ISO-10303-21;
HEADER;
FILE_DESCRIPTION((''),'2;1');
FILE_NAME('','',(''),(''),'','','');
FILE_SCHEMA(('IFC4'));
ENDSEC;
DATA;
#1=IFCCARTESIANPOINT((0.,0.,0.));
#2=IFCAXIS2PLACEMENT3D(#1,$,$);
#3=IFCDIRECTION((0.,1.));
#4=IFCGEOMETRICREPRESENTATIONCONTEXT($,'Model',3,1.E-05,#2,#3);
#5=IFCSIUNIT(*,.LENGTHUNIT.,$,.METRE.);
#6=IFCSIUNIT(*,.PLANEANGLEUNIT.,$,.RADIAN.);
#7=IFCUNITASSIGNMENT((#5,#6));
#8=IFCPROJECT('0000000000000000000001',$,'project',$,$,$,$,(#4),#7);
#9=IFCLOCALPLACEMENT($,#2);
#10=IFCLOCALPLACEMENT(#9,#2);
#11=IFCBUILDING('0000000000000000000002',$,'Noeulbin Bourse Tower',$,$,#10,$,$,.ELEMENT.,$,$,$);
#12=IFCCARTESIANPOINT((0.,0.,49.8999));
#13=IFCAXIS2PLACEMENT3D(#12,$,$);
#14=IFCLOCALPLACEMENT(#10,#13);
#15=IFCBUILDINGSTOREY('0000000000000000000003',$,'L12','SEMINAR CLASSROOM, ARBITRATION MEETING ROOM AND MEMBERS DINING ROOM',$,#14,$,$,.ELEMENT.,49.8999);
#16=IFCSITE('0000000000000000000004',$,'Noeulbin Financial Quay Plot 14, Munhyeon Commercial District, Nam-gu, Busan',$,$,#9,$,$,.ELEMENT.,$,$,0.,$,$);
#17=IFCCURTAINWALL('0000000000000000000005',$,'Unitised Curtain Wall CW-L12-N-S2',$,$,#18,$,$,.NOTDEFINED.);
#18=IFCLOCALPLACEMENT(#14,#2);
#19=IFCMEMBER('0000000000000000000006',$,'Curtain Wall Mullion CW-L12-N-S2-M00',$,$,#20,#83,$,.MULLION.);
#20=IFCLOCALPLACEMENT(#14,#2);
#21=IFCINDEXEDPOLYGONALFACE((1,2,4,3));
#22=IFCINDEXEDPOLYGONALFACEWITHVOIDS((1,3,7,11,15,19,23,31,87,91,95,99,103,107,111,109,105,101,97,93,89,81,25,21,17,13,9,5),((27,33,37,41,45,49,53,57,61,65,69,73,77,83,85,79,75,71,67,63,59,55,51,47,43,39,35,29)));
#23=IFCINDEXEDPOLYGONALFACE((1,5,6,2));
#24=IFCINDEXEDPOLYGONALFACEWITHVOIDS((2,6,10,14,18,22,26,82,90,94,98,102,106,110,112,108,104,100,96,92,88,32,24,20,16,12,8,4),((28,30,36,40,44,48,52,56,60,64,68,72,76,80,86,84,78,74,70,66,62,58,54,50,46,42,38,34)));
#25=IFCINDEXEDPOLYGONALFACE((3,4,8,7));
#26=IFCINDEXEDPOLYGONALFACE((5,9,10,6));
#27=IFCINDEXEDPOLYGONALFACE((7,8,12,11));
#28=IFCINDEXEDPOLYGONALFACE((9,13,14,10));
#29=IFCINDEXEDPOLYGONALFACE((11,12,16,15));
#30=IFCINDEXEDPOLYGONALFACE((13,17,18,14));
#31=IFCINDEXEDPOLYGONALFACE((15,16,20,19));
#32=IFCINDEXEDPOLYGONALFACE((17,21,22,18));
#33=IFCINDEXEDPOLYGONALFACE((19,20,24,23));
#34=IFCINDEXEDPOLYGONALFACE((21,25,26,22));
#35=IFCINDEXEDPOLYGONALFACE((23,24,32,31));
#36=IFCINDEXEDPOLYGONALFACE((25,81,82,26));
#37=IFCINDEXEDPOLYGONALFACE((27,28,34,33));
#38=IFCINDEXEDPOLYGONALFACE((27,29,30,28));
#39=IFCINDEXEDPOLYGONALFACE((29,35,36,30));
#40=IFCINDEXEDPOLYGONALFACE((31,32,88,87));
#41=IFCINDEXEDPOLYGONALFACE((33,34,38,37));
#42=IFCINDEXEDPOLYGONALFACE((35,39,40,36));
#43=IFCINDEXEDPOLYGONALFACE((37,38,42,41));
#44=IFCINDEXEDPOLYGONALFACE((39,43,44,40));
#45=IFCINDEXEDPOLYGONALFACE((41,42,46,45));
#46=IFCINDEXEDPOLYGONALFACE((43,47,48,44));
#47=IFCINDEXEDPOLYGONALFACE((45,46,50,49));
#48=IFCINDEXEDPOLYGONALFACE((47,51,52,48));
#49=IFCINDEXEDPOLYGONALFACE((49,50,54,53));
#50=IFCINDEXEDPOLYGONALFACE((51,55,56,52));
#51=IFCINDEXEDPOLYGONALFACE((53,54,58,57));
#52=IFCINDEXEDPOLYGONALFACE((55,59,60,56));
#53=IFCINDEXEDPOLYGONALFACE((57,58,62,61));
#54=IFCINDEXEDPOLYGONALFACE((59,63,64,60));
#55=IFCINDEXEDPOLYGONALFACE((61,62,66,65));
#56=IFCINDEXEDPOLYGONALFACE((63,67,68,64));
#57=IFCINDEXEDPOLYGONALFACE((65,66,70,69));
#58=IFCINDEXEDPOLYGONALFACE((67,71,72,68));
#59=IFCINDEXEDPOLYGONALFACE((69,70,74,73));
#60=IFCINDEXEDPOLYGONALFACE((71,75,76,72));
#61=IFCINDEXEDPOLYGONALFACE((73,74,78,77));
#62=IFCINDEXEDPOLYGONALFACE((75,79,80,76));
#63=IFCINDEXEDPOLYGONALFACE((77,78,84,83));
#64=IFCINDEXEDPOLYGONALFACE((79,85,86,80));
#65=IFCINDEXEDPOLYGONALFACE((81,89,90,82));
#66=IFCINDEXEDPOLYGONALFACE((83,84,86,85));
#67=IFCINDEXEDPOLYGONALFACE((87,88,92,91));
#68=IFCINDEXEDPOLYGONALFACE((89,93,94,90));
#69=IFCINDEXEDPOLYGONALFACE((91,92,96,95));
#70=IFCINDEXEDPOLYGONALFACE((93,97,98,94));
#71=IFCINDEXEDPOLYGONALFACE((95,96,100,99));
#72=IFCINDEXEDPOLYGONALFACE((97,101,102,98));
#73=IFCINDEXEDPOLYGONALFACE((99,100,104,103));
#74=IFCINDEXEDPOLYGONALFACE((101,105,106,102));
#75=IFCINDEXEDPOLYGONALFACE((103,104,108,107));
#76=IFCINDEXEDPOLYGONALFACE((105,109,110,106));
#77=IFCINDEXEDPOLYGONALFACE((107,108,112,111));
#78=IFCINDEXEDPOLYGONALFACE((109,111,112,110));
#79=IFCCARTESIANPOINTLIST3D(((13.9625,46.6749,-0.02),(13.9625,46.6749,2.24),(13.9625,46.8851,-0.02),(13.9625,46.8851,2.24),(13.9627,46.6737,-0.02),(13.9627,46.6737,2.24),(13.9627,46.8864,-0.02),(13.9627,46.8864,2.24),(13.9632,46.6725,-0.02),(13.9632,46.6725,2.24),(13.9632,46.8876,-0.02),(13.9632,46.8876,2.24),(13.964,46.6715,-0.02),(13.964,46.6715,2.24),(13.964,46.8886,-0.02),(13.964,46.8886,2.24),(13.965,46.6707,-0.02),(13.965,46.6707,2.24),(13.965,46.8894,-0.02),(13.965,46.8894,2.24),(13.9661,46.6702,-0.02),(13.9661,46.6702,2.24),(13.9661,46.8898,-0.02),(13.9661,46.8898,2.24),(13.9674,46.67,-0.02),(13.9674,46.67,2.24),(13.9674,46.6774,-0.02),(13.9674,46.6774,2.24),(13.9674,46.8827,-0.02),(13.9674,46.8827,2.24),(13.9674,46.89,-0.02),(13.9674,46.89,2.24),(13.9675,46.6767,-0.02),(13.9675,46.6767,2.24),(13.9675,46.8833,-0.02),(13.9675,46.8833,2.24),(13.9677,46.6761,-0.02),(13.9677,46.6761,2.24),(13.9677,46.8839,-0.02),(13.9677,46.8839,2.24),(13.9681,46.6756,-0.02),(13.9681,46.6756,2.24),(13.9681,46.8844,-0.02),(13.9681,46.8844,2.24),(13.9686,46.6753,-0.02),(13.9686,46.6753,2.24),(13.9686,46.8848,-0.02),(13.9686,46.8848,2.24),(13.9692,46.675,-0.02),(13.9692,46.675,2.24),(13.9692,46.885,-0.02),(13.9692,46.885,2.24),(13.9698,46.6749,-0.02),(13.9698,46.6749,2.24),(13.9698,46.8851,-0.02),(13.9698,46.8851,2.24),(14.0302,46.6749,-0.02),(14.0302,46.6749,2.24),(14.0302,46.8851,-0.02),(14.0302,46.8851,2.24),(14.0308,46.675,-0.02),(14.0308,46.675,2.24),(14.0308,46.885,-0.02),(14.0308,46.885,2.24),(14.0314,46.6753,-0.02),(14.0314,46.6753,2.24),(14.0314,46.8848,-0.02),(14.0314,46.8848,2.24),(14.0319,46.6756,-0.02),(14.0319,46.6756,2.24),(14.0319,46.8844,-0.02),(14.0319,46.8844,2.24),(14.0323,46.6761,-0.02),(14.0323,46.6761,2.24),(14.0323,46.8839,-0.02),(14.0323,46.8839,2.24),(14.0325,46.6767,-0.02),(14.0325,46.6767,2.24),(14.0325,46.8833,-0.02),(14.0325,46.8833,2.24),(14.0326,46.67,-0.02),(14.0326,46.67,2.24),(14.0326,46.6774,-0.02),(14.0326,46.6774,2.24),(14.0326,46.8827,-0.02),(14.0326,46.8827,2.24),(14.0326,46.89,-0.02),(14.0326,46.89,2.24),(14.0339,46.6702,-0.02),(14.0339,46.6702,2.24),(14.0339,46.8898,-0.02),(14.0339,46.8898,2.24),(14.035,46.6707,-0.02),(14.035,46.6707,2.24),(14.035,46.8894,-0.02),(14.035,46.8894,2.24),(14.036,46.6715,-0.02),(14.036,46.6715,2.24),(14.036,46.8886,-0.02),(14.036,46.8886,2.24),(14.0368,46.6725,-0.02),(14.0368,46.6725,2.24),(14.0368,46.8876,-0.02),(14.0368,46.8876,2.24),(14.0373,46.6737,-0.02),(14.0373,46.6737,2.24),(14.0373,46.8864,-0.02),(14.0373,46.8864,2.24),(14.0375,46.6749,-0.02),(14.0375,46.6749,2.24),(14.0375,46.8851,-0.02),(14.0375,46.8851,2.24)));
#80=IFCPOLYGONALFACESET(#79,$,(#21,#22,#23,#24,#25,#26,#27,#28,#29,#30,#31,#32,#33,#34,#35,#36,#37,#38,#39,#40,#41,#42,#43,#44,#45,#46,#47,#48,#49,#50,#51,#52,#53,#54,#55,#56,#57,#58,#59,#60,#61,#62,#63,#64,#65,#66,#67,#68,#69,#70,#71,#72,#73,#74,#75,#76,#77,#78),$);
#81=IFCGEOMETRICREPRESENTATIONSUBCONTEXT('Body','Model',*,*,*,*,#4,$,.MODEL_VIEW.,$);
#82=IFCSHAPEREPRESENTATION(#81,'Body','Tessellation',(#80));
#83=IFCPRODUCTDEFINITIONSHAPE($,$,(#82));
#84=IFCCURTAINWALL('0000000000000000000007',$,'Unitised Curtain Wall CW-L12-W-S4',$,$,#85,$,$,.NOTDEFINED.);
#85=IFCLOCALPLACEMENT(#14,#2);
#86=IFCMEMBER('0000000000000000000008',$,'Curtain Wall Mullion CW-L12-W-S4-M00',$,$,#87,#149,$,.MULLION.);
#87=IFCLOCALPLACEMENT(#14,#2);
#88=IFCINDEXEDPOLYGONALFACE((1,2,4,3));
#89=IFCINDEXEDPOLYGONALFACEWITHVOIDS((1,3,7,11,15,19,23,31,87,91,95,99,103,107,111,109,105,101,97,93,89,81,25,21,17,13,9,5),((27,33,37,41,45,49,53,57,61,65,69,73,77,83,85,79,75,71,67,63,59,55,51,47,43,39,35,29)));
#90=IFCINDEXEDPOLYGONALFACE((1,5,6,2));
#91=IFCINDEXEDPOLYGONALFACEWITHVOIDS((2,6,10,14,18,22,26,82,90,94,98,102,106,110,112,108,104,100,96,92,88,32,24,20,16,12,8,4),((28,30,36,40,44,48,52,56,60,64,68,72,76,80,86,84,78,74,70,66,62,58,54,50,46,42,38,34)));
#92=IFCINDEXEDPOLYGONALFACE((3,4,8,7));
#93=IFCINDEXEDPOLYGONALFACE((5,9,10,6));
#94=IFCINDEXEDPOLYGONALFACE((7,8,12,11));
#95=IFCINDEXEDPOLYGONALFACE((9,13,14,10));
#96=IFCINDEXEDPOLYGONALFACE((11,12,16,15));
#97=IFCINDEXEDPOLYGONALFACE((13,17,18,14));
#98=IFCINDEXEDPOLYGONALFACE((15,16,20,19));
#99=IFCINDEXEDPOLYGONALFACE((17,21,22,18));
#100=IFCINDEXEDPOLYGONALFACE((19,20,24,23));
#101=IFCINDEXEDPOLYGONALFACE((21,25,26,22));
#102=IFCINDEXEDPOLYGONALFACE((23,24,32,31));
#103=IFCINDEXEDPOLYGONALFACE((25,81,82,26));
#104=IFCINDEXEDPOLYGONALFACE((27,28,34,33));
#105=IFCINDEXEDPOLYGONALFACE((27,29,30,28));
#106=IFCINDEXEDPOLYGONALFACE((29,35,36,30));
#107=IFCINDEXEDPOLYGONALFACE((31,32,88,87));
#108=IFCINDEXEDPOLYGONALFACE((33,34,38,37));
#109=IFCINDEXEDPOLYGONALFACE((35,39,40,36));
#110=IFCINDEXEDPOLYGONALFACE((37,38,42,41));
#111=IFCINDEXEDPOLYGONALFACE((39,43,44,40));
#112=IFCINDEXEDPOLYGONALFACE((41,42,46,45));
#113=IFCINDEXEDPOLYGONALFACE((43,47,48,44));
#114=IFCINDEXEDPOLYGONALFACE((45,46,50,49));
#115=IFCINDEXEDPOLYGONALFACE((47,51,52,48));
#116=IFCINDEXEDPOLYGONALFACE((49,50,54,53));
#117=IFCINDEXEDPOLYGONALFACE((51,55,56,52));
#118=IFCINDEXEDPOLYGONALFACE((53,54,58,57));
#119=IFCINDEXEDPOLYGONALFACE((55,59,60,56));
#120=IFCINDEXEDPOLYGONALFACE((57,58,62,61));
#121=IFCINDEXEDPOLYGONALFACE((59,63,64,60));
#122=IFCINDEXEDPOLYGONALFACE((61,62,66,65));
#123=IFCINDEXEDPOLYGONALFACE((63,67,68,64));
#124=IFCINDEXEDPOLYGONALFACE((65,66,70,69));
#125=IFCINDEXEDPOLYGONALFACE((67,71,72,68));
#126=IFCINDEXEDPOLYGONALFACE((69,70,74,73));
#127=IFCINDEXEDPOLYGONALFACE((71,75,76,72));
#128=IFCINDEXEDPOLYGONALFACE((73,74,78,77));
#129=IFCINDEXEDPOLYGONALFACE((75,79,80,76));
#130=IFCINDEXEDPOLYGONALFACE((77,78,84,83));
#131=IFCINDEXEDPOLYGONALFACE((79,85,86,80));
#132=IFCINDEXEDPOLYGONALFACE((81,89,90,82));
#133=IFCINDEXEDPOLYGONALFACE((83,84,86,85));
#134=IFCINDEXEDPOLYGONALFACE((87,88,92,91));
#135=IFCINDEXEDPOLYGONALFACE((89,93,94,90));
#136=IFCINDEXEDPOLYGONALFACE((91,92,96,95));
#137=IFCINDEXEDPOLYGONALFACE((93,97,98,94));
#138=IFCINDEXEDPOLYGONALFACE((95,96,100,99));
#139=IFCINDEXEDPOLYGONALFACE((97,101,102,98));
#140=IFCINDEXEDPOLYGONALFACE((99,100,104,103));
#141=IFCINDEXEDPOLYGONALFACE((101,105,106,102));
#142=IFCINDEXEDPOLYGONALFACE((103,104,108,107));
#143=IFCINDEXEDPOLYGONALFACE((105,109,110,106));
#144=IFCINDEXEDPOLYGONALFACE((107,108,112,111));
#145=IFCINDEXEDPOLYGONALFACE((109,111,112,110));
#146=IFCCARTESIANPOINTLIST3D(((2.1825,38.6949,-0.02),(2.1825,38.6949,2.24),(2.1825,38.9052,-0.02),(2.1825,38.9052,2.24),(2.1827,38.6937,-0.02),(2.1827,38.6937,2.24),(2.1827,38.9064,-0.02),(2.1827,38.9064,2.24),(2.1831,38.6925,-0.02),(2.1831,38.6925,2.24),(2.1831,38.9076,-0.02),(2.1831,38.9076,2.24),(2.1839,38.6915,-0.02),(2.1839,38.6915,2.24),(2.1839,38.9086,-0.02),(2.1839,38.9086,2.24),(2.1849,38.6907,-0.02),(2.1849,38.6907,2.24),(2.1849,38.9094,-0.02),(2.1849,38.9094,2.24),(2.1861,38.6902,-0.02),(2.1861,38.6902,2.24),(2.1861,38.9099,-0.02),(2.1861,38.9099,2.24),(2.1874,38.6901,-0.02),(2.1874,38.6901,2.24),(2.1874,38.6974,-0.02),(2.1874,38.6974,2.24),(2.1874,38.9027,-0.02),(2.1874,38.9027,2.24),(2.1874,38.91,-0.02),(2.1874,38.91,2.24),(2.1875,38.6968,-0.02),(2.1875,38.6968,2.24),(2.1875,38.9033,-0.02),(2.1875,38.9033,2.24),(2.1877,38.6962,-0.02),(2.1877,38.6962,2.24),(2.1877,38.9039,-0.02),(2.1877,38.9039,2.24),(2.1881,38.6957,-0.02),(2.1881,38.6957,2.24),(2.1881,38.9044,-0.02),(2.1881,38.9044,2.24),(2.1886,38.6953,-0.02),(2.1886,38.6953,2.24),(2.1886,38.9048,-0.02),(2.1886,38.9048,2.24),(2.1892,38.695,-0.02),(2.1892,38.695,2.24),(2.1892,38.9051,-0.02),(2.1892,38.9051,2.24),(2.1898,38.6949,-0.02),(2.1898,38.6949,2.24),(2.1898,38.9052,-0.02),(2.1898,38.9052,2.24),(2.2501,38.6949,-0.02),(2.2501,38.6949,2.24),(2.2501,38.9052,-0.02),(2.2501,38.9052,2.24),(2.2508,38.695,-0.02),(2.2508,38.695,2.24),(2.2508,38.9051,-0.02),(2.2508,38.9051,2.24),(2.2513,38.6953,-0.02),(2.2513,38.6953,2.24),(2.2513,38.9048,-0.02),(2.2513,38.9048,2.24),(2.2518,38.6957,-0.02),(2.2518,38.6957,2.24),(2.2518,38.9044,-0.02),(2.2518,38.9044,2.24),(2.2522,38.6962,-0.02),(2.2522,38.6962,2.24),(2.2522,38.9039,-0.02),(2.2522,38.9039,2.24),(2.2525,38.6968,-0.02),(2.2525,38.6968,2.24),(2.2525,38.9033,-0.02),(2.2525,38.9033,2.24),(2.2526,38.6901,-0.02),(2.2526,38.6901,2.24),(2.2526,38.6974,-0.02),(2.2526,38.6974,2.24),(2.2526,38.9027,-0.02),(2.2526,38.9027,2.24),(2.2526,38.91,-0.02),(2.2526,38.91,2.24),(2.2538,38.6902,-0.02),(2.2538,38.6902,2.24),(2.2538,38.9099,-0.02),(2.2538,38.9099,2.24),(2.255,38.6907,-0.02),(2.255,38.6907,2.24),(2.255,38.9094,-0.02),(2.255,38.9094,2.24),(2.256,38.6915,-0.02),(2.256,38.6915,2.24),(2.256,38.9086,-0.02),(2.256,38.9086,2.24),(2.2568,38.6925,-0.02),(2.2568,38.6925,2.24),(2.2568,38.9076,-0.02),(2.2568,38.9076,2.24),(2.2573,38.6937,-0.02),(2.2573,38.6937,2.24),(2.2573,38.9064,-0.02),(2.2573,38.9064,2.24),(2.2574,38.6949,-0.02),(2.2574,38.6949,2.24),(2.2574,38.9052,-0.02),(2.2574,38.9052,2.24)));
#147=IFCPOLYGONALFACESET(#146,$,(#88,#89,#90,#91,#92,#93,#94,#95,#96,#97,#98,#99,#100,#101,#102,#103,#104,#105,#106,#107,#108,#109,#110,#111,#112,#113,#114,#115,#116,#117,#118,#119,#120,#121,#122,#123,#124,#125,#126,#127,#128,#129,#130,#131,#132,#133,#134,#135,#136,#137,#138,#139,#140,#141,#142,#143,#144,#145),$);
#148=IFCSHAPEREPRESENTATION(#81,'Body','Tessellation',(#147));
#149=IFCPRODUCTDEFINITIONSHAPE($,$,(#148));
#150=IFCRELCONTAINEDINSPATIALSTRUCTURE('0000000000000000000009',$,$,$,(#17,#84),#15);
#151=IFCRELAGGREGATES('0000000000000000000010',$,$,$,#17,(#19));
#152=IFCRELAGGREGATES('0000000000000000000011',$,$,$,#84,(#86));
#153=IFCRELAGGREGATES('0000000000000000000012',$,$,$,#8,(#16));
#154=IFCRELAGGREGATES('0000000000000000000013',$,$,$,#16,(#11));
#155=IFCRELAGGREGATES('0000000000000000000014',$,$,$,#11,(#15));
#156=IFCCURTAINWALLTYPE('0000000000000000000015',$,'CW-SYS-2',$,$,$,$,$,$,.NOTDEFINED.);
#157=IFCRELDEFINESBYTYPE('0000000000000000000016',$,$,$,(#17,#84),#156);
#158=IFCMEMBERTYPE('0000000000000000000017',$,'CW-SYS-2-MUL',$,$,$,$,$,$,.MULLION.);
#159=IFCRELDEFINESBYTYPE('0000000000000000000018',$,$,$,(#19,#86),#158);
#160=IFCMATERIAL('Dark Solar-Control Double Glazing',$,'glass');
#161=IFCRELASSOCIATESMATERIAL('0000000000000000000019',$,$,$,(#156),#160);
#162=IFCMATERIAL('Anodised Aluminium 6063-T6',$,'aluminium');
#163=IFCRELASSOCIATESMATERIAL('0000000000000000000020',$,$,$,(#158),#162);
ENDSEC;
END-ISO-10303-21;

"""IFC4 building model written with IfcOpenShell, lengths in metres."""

from ifc_helpers import new_model, si_unit, direction, frame, origin, origin_2d, place, context, subcontext, project, spatial, hollow_rectangle, extrude, material, material_profile, profile_set, type_object, element, aggregate, save


model = new_model("IFC4")

# Units and contexts
model_context = context("Model", 3, precision=1e-05, world=origin(), true_north=direction((0.0, 1.0)))
body_context = subcontext(model_context, "Body", "Model", "MODEL_VIEW")
ifc_project = project(units=[si_unit("LENGTHUNIT", "METRE"), si_unit("PLANEANGLEUNIT", "RADIAN")], contexts=[model_context])

# Site, building, storey
site_placement = place(None, origin())
site = spatial("IfcSite", under=ifc_project, at=site_placement, Name="Noeulbin Financial Quay Plot 14, Munhyeon Commercial District, Nam-gu, Busan", CompositionType="ELEMENT", RefElevation=0.0)
building_placement = place(site_placement, origin())
building = spatial("IfcBuilding", under=site, at=building_placement, Name="Noeulbin Bourse Tower", CompositionType="ELEMENT")
storey_placement = place(building_placement, frame((0.0, 0.0, 49.8999)))
storey = spatial("IfcBuildingStorey", under=building, at=storey_placement, Name="L12", Description="SEMINAR CLASSROOM, ARBITRATION MEETING ROOM AND MEMBERS DINING ROOM", CompositionType="ELEMENT", Elevation=49.8999)

# Shared definitions
ifc_material_1 = material(Name="Dark Solar-Control Double Glazing", Category="glass")
curtain_wall_type = type_object("IfcCurtainWallType", Name="CW-SYS-2", PredefinedType="NOTDEFINED", material=ifc_material_1)
ifc_material_2 = material(Name="Anodised Aluminium 6063-T6", Category="aluminium")
ifc_material_profile_1 = material_profile(ifc_material_2, hollow_rectangle(XDim=0.075, YDim=0.22, WallThickness=0.0049, InnerFilletRadius=0.0024, OuterFilletRadius=0.0049, at=origin_2d()), Name="ALU-MULL-75x220x5", Category="LoadBearing")
ifc_profile_set_1 = profile_set([ifc_material_profile_1], Name="Anodised Aluminium 6063-T6")
member_type_1 = type_object("IfcMemberType", Name="CW-SYS-2-MUL", PredefinedType="MULLION", material=ifc_profile_set_1)

# Curtain wall, member
curtain_wall_1_placement = place(storey_placement, origin())
curtain_wall_1 = element("IfcCurtainWall", 1, at=curtain_wall_1_placement, inside=storey, type_object=curtain_wall_type, Name="Unitised Curtain Wall CW-L12-N-S2", PredefinedType="NOTDEFINED")
member_1_placement = place(storey_placement, frame((14.0, 46.78, -0.02), z_axis=(0.0, 0.0, 1.0), x_axis=(1.0, 0.0, 0.0)))
member_1 = element("IfcMember", 2, at=member_1_placement, type_object=member_type_1, Name="Curtain Wall Mullion CW-L12-N-S2-M00", PredefinedType="MULLION", context=body_context, shape_type="SweptSolid", body=[
    extrude(hollow_rectangle(XDim=0.075, YDim=0.22, WallThickness=0.0049, InnerFilletRadius=0.0024, OuterFilletRadius=0.0049, at=origin_2d()), origin(), (0.0, 0.0, 1.0), 2.26),
])

# Curtain wall, member
curtain_wall_2_placement = place(storey_placement, origin())
curtain_wall_2 = element("IfcCurtainWall", 3, at=curtain_wall_2_placement, inside=storey, type_object=curtain_wall_type, Name="Unitised Curtain Wall CW-L12-W-S4", PredefinedType="NOTDEFINED")
member_2_placement = place(storey_placement, frame((2.22, 38.8, -0.02), z_axis=(0.0, 0.0, 1.0), x_axis=(1.0, 0.0, 0.0)))
member_2 = element("IfcMember", 4, at=member_2_placement, type_object=member_type_1, Name="Curtain Wall Mullion CW-L12-W-S4-M00", PredefinedType="MULLION", context=body_context, shape_type="SweptSolid", body=[
    extrude(hollow_rectangle(XDim=0.075, YDim=0.22, WallThickness=0.0049, InnerFilletRadius=0.0024, OuterFilletRadius=0.0049, at=origin_2d()), origin(), (0.0, 0.0, 1.0), 2.26),
])

aggregate(curtain_wall_1, [member_1])

aggregate(curtain_wall_2, [member_2])

save(model, "model.ifc")
